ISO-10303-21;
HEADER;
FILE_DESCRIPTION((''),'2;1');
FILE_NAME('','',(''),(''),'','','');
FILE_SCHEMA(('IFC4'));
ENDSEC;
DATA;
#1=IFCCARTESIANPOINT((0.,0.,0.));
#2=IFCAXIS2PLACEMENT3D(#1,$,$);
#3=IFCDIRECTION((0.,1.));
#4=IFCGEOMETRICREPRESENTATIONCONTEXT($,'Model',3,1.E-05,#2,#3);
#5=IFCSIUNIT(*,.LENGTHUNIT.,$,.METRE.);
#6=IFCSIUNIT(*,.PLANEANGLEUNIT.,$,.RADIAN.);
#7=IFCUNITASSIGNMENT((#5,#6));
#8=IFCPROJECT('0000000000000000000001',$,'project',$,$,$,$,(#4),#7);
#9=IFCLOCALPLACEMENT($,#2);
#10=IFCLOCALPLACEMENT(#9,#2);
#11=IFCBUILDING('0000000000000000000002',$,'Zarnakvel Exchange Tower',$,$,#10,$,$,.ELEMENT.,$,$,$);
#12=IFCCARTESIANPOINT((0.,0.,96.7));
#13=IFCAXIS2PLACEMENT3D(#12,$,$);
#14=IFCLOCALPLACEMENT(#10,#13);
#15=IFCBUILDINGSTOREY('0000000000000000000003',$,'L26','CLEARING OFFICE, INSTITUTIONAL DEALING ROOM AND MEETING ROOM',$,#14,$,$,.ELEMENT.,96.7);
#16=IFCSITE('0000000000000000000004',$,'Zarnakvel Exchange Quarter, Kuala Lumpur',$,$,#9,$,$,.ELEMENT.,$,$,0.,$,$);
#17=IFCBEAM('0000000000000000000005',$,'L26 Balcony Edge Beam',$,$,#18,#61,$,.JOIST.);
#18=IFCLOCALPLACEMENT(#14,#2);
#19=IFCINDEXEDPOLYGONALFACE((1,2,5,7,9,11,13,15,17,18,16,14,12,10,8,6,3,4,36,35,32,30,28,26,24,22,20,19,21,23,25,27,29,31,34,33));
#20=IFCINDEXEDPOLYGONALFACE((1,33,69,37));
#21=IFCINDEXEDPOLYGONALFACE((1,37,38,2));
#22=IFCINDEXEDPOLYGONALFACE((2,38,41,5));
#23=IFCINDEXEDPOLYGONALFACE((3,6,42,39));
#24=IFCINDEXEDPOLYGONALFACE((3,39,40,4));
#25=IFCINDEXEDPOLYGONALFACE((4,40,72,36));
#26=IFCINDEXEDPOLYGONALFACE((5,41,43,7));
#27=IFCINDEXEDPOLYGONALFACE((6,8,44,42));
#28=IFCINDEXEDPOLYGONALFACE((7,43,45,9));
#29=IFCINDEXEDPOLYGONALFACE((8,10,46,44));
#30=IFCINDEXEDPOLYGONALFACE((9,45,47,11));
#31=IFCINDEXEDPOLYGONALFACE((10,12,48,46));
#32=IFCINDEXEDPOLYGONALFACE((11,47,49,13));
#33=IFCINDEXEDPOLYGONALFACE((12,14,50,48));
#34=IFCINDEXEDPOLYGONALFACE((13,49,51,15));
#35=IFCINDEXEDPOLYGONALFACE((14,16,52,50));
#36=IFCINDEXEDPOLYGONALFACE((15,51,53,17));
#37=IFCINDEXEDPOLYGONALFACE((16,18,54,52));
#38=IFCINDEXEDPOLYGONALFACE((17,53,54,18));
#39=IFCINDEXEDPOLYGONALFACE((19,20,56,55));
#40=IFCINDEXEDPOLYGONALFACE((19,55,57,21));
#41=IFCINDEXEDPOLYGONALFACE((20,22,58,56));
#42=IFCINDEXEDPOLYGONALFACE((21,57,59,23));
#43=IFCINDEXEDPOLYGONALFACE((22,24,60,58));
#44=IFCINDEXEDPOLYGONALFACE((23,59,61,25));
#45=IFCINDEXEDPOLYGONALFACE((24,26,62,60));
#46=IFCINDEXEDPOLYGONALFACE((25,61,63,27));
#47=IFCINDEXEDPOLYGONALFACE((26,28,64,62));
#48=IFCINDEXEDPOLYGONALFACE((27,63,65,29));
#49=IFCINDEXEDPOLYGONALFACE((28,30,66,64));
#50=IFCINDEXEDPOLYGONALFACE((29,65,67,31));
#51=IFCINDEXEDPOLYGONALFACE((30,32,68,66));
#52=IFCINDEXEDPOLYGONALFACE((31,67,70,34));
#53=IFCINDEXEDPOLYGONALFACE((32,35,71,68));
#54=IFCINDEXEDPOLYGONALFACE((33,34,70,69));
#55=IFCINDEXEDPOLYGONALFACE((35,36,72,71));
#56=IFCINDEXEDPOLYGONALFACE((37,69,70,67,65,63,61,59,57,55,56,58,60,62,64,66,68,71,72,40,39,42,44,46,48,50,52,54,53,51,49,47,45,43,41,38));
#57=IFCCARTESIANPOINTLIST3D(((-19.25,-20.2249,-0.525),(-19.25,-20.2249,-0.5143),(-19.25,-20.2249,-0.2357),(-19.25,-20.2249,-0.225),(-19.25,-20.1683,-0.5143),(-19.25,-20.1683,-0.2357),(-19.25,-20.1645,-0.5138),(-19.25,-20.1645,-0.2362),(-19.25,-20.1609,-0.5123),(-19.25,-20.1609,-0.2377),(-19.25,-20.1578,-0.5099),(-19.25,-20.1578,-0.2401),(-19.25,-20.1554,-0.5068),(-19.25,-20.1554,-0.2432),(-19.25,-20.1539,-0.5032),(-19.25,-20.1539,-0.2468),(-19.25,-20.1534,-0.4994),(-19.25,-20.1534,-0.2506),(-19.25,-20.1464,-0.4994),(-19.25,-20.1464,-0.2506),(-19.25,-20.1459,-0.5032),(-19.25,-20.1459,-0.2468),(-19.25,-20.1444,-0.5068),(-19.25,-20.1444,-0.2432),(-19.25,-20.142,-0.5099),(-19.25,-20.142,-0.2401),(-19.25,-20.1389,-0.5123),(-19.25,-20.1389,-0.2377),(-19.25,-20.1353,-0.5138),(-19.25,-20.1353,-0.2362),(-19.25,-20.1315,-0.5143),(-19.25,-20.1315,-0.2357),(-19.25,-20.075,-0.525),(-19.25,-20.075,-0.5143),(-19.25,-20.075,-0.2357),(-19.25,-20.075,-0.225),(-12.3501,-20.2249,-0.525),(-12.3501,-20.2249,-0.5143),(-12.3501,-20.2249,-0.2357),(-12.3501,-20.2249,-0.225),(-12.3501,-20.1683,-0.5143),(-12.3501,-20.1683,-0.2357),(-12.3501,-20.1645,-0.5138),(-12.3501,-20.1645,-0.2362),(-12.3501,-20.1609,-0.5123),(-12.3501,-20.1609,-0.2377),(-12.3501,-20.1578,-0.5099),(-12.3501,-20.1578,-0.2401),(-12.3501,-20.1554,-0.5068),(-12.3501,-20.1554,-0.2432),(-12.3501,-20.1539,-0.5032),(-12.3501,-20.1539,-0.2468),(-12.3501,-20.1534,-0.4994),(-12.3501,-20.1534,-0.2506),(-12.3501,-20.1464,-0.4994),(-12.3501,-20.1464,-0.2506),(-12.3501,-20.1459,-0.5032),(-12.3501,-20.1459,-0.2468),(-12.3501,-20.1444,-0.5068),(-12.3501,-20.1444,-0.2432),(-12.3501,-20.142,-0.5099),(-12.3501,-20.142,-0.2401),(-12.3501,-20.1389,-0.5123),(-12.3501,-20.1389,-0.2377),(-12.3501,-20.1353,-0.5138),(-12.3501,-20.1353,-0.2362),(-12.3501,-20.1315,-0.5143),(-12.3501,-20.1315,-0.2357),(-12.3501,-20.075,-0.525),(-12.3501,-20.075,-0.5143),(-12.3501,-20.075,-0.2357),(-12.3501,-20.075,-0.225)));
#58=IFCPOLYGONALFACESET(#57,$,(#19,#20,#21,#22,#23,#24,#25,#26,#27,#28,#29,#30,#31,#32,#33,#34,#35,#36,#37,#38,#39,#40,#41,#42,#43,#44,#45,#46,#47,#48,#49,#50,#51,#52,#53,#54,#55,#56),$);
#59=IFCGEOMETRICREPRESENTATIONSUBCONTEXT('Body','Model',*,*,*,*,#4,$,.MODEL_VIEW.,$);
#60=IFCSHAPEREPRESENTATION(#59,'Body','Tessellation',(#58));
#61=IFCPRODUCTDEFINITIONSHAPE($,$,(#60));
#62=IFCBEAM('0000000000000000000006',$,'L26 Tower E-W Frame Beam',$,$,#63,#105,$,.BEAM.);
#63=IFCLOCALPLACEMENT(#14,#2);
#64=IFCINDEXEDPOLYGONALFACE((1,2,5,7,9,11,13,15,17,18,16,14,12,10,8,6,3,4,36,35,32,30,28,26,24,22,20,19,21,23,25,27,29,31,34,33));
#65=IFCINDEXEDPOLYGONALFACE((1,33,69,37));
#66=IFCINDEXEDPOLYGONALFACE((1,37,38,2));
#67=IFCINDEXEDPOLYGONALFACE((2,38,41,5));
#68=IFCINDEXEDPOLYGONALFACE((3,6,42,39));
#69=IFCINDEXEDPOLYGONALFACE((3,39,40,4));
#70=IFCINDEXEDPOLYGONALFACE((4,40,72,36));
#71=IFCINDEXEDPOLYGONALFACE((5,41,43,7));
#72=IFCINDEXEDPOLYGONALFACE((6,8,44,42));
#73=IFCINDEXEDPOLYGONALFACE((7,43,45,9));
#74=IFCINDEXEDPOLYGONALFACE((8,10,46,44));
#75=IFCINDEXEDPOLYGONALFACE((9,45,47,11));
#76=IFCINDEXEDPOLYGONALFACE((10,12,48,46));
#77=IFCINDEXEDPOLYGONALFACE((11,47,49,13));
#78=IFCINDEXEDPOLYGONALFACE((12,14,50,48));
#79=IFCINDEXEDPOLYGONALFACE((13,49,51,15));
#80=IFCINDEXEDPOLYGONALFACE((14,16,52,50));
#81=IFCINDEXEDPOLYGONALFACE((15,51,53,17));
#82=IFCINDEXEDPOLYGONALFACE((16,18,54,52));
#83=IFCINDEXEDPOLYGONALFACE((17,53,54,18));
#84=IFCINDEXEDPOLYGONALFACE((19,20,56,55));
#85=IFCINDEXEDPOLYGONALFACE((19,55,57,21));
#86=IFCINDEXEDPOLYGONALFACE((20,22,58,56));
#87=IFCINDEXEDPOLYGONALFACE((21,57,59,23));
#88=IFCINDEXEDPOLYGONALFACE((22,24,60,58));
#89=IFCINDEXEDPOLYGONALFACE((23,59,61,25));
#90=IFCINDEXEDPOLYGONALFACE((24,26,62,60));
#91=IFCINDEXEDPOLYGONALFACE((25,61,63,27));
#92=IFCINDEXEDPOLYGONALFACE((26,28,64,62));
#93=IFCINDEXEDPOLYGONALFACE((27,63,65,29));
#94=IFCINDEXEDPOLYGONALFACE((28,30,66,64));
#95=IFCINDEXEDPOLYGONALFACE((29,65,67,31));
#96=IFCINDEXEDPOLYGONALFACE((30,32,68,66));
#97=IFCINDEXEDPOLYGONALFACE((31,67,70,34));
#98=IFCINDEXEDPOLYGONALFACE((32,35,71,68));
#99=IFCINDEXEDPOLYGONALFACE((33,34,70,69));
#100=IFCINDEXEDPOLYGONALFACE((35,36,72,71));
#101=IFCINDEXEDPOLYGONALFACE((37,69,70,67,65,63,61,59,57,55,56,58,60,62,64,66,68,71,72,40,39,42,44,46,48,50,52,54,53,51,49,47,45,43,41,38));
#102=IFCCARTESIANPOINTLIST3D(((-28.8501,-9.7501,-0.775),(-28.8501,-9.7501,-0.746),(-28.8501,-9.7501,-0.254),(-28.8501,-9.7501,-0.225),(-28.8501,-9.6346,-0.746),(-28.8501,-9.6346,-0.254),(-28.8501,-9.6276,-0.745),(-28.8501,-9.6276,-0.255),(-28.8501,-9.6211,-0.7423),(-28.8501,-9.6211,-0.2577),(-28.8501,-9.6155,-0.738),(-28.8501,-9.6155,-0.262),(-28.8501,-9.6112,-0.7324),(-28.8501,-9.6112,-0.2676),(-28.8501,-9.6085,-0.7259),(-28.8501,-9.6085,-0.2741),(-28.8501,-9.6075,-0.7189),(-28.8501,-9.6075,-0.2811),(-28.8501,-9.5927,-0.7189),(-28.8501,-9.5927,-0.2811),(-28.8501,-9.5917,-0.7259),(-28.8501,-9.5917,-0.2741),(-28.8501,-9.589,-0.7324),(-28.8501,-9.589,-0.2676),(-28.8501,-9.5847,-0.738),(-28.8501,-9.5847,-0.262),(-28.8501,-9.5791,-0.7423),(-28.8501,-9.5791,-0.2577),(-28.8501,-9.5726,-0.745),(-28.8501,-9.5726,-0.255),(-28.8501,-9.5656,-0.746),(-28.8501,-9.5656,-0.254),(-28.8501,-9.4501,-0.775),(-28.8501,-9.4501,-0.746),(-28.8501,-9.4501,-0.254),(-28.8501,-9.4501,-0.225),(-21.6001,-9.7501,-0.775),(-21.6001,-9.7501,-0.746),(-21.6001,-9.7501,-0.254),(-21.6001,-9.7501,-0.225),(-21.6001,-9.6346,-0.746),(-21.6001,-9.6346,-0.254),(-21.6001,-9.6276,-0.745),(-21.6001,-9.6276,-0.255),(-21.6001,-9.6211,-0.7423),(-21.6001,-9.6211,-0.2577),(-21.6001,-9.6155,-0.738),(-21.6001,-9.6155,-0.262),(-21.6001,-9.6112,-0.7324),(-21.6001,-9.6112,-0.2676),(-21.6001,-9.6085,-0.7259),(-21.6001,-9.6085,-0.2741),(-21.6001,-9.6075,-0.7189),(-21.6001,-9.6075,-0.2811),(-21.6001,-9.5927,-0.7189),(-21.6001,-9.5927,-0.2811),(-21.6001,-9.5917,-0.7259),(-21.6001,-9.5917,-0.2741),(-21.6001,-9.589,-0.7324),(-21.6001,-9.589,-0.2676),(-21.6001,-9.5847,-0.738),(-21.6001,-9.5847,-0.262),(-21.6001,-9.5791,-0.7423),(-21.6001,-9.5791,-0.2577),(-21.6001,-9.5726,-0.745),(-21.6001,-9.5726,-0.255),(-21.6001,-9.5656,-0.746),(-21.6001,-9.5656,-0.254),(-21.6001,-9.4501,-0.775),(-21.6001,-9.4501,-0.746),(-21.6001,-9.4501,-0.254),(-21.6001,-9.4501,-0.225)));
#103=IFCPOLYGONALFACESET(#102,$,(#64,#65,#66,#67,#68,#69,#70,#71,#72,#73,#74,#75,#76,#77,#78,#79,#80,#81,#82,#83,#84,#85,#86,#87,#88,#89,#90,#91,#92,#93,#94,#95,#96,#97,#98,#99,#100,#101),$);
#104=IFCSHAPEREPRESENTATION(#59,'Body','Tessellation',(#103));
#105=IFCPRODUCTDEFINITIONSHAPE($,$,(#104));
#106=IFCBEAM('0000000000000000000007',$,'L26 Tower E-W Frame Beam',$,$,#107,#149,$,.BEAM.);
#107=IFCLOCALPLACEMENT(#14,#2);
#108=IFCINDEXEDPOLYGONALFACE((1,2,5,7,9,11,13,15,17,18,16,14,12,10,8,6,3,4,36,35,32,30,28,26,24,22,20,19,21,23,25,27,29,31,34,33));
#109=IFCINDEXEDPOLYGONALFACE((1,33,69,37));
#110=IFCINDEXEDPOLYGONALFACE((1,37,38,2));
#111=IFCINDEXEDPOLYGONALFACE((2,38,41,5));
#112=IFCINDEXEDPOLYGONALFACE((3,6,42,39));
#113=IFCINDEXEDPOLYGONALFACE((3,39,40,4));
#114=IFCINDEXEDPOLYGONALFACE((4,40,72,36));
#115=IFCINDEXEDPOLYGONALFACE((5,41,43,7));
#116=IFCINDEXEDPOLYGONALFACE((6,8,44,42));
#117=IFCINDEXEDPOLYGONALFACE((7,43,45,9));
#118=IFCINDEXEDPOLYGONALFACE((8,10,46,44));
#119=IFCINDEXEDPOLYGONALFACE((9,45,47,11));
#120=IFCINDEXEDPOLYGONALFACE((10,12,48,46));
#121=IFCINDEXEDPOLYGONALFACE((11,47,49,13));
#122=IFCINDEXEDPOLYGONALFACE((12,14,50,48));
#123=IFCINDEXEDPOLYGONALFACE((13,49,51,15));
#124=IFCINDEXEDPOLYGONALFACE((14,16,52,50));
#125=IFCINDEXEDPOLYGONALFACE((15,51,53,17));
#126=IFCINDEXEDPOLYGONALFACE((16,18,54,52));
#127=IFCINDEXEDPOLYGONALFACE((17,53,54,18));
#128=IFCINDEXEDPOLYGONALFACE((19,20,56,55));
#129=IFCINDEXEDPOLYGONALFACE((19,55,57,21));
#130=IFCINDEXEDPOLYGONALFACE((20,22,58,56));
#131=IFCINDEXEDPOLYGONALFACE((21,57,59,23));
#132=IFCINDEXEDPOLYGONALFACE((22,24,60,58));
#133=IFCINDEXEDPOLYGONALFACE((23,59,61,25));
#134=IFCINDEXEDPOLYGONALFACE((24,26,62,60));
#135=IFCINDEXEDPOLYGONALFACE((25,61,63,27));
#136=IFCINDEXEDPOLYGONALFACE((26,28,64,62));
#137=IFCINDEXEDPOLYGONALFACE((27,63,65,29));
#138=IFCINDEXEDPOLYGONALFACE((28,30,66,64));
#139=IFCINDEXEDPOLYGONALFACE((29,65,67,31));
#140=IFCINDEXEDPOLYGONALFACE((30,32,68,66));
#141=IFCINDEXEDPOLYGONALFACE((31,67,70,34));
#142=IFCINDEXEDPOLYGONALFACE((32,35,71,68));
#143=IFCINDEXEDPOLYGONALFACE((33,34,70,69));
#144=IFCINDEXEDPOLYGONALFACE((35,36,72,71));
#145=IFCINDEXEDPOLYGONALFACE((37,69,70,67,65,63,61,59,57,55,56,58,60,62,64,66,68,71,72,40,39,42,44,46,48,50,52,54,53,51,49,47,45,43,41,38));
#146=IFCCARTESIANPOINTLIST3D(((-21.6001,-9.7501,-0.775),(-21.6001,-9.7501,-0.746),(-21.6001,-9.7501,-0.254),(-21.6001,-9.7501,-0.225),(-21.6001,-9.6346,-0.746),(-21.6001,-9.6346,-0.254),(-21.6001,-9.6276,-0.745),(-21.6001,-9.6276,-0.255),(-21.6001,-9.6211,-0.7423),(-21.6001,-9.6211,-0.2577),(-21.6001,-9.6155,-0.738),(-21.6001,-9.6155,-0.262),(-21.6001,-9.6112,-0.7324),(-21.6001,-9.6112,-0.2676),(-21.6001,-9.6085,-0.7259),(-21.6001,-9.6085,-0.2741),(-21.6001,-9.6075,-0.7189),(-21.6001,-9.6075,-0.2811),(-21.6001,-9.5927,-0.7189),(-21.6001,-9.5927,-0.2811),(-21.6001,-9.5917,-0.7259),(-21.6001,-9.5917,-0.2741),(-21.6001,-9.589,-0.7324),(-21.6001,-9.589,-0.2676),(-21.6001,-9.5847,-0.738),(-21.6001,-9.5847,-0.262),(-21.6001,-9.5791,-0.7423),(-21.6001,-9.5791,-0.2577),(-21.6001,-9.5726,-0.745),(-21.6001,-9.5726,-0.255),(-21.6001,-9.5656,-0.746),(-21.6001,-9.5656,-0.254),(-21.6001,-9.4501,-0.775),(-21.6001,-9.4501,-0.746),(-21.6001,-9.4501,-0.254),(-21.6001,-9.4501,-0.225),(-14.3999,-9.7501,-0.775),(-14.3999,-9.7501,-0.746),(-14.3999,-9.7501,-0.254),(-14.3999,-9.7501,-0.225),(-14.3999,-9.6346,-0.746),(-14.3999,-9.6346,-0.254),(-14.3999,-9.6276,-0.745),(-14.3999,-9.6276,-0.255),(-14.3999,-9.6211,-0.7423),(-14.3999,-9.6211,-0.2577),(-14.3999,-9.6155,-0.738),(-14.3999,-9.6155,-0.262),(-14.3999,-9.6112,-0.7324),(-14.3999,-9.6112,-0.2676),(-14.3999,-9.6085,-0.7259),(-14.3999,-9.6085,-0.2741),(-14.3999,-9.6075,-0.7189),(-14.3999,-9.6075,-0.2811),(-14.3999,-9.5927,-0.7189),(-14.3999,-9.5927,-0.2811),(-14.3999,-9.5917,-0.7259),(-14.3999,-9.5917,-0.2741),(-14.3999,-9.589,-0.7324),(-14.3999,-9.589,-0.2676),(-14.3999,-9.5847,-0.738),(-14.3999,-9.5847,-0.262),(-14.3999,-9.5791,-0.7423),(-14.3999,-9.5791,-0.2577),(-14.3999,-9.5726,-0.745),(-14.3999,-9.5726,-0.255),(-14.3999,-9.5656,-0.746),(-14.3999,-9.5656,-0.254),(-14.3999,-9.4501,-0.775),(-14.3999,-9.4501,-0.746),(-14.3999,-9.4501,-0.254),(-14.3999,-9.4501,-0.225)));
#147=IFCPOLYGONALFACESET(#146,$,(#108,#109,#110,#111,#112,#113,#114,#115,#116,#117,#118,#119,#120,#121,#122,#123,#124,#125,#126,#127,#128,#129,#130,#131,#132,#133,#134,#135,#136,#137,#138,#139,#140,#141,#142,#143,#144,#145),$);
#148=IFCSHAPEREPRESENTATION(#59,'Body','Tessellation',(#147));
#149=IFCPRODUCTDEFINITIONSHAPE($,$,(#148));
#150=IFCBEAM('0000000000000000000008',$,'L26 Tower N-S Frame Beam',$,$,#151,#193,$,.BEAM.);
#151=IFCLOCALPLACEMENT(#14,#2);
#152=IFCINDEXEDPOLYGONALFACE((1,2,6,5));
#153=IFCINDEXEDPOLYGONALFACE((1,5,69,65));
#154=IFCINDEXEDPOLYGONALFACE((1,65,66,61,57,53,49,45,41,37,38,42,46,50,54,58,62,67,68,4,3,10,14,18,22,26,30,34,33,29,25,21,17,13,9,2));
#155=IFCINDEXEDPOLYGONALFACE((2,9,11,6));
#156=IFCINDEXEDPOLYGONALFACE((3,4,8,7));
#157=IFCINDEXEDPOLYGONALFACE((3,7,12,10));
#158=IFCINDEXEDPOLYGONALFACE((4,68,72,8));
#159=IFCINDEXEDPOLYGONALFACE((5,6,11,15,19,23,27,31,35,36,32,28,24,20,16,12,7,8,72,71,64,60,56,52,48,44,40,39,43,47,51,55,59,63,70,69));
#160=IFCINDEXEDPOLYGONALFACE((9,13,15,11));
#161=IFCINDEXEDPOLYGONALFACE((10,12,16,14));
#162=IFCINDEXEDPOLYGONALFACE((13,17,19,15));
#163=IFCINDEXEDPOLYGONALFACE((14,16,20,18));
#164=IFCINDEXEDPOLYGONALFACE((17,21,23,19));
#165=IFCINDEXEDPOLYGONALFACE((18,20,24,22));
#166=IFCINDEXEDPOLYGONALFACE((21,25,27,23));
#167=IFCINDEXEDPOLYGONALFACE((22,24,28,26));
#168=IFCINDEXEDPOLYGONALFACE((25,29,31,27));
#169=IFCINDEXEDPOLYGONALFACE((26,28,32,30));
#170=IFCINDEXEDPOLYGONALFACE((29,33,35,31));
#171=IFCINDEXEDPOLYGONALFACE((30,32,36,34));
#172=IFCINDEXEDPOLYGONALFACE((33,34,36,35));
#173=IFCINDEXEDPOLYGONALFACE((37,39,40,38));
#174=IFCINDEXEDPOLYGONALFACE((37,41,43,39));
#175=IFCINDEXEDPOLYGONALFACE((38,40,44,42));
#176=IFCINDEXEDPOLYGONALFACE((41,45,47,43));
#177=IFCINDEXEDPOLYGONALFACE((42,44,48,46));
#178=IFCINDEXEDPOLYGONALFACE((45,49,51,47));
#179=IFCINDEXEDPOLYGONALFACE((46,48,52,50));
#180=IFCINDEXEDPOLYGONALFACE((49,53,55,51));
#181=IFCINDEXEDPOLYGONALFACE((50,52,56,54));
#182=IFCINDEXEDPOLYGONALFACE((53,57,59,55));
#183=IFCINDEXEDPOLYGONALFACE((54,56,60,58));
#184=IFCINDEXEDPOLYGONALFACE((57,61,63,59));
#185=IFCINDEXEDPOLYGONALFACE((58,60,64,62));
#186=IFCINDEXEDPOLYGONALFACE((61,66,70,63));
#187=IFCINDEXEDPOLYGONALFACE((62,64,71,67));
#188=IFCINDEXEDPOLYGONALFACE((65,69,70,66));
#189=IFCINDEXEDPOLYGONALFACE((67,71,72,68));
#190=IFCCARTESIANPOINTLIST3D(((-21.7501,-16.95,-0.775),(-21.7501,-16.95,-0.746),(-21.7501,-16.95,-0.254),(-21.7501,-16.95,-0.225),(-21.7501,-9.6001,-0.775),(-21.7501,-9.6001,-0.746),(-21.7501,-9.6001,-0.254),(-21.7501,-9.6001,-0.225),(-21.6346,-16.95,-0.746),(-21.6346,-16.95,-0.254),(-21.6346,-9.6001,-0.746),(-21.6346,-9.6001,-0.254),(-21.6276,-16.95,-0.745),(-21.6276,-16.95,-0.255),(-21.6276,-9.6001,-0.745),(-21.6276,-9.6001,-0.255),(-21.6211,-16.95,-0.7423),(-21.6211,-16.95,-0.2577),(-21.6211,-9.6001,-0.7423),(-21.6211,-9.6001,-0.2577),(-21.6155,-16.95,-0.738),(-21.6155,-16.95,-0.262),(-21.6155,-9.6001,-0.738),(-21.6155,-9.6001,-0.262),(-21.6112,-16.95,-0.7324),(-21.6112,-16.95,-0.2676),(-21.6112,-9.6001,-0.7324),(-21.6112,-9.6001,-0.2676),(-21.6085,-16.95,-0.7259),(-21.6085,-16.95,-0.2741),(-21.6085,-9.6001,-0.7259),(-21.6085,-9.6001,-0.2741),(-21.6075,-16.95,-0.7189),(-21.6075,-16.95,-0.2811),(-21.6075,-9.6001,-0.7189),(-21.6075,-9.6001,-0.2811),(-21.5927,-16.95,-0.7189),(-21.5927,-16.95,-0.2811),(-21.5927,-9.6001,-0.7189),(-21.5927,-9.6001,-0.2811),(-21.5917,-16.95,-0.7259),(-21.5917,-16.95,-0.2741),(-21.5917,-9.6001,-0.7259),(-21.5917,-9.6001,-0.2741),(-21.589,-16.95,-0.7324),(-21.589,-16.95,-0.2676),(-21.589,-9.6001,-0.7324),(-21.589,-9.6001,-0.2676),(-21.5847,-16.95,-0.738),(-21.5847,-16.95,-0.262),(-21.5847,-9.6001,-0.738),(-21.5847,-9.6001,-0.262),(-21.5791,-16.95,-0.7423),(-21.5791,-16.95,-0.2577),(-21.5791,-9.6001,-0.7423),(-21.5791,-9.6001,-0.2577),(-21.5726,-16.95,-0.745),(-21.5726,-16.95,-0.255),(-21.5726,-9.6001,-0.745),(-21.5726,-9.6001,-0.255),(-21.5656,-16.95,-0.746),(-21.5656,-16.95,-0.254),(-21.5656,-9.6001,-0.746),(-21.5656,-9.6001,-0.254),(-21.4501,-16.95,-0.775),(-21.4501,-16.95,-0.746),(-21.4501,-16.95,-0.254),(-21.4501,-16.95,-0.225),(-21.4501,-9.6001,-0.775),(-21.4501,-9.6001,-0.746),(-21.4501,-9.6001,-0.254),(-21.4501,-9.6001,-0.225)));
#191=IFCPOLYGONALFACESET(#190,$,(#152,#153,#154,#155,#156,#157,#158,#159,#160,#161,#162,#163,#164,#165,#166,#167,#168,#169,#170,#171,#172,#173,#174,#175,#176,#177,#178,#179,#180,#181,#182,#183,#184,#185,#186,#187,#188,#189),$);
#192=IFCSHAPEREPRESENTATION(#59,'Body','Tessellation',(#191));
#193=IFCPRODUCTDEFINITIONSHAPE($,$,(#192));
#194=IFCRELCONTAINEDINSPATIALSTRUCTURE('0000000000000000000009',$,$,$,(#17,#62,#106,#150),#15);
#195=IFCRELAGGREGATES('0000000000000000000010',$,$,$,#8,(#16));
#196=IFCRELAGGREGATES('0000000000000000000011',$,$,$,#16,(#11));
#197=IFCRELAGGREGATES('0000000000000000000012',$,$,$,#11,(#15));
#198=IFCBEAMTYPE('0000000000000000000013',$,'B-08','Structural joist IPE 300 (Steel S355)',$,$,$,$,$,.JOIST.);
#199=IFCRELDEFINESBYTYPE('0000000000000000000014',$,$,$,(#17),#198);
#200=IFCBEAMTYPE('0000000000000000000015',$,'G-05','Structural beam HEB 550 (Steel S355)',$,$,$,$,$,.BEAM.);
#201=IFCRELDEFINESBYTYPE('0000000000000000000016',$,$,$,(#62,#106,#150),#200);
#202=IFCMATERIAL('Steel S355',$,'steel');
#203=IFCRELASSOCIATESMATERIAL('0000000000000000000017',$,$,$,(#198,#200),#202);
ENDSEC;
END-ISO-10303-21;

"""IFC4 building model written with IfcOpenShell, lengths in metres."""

from ifc_helpers import new_model, si_unit, direction, frame, origin, origin_2d, place, context, subcontext, project, spatial, i_section, extrude, material, material_profile, profile_set, type_object, element, save


model = new_model("IFC4")

# Units and contexts
model_context = context("Model", 3, precision=1e-05, world=origin(), true_north=direction((0.0, 1.0)))
body_context = subcontext(model_context, "Body", "Model", "MODEL_VIEW")
ifc_project = project(units=[si_unit("LENGTHUNIT", "METRE"), si_unit("PLANEANGLEUNIT", "RADIAN")], contexts=[model_context])

# Site, building, storey
site_placement = place(None, origin())
site = spatial("IfcSite", under=ifc_project, at=site_placement, Name="Zarnakvel Exchange Quarter, Kuala Lumpur", CompositionType="ELEMENT", RefElevation=0.0)
building_placement = place(site_placement, origin())
building = spatial("IfcBuilding", under=site, at=building_placement, Name="Zarnakvel Exchange Tower", CompositionType="ELEMENT")
storey_placement = place(building_placement, frame((0.0, 0.0, 96.7)))
storey = spatial("IfcBuildingStorey", under=building, at=storey_placement, Name="L26", Description="CLEARING OFFICE, INSTITUTIONAL DEALING ROOM AND MEETING ROOM", CompositionType="ELEMENT", Elevation=96.7)

# Shared definitions
ifc_material_1 = material(Name="Steel S355", Category="steel")

# Beams
ifc_material_profile_1 = material_profile(ifc_material_1, i_section(OverallWidth=0.1499, OverallDepth=0.3, WebThickness=0.0071, FlangeThickness=0.0107, FilletRadius=0.0149, at=origin_2d()))
ifc_profile_set_1 = profile_set([ifc_material_profile_1], Name="Steel S355")
beam_type_1 = type_object("IfcBeamType", Name="B-08", Description="Structural joist IPE 300 (Steel S355)", PredefinedType="JOIST", material=ifc_profile_set_1)
beam_1_placement = place(storey_placement, frame((-19.25, -20.1499, -0.375), z_axis=(1.0, 0.0, 0.0), x_axis=(0.0, 1.0, 0.0)))
element("IfcBeam", 1, at=beam_1_placement, inside=storey, type_object=beam_type_1, Name="L26 Balcony Edge Beam", PredefinedType="JOIST", context=body_context, shape_type="SweptSolid", body=[
    extrude(i_section(OverallWidth=0.1499, OverallDepth=0.3, WebThickness=0.0071, FlangeThickness=0.0107, FilletRadius=0.0149, at=origin_2d()), origin(), (0.0, 0.0, 1.0), 6.8999),
])
ifc_material_profile_2 = material_profile(ifc_material_1, i_section(OverallWidth=0.3, OverallDepth=0.55, WebThickness=0.0149, FlangeThickness=0.0291, FilletRadius=0.0271, at=origin_2d()))
ifc_profile_set_2 = profile_set([ifc_material_profile_2], Name="Steel S355")
beam_type_2 = type_object("IfcBeamType", Name="G-05", Description="Structural beam HEB 550 (Steel S355)", PredefinedType="BEAM", material=ifc_profile_set_2)
beam_2_placement = place(storey_placement, frame((-28.8501, -9.6001, -0.5), z_axis=(1.0, 0.0, 0.0), x_axis=(0.0, 1.0, 0.0)))
element("IfcBeam", 2, at=beam_2_placement, inside=storey, type_object=beam_type_2, Name="L26 Tower E-W Frame Beam", PredefinedType="BEAM", context=body_context, shape_type="SweptSolid", body=[
    extrude(i_section(OverallWidth=0.3, OverallDepth=0.55, WebThickness=0.0149, FlangeThickness=0.0291, FilletRadius=0.0271, at=origin_2d()), origin(), (0.0, 0.0, 1.0), 7.25),
])
beam_3_placement = place(storey_placement, frame((-21.6001, -9.6001, -0.5), z_axis=(1.0, 0.0, 0.0), x_axis=(0.0, 1.0, 0.0)))
element("IfcBeam", 3, at=beam_3_placement, inside=storey, type_object=beam_type_2, Name="L26 Tower E-W Frame Beam", PredefinedType="BEAM", context=body_context, shape_type="SweptSolid", body=[
    extrude(i_section(OverallWidth=0.3, OverallDepth=0.55, WebThickness=0.0149, FlangeThickness=0.0291, FilletRadius=0.0271, at=origin_2d()), origin(), (0.0, 0.0, 1.0), 7.2002),
])
beam_4_placement = place(storey_placement, frame((-21.6001, -16.95, -0.5), z_axis=(0.0, 1.0, 0.0), x_axis=(-1.0, 0.0, 0.0)))
element("IfcBeam", 4, at=beam_4_placement, inside=storey, type_object=beam_type_2, Name="L26 Tower N-S Frame Beam", PredefinedType="BEAM", context=body_context, shape_type="SweptSolid", body=[
    extrude(i_section(OverallWidth=0.3, OverallDepth=0.55, WebThickness=0.0149, FlangeThickness=0.0291, FilletRadius=0.0271, at=origin_2d()), origin(), (0.0, 0.0, 1.0), 7.3499),
])

save(model, "model.ifc")
